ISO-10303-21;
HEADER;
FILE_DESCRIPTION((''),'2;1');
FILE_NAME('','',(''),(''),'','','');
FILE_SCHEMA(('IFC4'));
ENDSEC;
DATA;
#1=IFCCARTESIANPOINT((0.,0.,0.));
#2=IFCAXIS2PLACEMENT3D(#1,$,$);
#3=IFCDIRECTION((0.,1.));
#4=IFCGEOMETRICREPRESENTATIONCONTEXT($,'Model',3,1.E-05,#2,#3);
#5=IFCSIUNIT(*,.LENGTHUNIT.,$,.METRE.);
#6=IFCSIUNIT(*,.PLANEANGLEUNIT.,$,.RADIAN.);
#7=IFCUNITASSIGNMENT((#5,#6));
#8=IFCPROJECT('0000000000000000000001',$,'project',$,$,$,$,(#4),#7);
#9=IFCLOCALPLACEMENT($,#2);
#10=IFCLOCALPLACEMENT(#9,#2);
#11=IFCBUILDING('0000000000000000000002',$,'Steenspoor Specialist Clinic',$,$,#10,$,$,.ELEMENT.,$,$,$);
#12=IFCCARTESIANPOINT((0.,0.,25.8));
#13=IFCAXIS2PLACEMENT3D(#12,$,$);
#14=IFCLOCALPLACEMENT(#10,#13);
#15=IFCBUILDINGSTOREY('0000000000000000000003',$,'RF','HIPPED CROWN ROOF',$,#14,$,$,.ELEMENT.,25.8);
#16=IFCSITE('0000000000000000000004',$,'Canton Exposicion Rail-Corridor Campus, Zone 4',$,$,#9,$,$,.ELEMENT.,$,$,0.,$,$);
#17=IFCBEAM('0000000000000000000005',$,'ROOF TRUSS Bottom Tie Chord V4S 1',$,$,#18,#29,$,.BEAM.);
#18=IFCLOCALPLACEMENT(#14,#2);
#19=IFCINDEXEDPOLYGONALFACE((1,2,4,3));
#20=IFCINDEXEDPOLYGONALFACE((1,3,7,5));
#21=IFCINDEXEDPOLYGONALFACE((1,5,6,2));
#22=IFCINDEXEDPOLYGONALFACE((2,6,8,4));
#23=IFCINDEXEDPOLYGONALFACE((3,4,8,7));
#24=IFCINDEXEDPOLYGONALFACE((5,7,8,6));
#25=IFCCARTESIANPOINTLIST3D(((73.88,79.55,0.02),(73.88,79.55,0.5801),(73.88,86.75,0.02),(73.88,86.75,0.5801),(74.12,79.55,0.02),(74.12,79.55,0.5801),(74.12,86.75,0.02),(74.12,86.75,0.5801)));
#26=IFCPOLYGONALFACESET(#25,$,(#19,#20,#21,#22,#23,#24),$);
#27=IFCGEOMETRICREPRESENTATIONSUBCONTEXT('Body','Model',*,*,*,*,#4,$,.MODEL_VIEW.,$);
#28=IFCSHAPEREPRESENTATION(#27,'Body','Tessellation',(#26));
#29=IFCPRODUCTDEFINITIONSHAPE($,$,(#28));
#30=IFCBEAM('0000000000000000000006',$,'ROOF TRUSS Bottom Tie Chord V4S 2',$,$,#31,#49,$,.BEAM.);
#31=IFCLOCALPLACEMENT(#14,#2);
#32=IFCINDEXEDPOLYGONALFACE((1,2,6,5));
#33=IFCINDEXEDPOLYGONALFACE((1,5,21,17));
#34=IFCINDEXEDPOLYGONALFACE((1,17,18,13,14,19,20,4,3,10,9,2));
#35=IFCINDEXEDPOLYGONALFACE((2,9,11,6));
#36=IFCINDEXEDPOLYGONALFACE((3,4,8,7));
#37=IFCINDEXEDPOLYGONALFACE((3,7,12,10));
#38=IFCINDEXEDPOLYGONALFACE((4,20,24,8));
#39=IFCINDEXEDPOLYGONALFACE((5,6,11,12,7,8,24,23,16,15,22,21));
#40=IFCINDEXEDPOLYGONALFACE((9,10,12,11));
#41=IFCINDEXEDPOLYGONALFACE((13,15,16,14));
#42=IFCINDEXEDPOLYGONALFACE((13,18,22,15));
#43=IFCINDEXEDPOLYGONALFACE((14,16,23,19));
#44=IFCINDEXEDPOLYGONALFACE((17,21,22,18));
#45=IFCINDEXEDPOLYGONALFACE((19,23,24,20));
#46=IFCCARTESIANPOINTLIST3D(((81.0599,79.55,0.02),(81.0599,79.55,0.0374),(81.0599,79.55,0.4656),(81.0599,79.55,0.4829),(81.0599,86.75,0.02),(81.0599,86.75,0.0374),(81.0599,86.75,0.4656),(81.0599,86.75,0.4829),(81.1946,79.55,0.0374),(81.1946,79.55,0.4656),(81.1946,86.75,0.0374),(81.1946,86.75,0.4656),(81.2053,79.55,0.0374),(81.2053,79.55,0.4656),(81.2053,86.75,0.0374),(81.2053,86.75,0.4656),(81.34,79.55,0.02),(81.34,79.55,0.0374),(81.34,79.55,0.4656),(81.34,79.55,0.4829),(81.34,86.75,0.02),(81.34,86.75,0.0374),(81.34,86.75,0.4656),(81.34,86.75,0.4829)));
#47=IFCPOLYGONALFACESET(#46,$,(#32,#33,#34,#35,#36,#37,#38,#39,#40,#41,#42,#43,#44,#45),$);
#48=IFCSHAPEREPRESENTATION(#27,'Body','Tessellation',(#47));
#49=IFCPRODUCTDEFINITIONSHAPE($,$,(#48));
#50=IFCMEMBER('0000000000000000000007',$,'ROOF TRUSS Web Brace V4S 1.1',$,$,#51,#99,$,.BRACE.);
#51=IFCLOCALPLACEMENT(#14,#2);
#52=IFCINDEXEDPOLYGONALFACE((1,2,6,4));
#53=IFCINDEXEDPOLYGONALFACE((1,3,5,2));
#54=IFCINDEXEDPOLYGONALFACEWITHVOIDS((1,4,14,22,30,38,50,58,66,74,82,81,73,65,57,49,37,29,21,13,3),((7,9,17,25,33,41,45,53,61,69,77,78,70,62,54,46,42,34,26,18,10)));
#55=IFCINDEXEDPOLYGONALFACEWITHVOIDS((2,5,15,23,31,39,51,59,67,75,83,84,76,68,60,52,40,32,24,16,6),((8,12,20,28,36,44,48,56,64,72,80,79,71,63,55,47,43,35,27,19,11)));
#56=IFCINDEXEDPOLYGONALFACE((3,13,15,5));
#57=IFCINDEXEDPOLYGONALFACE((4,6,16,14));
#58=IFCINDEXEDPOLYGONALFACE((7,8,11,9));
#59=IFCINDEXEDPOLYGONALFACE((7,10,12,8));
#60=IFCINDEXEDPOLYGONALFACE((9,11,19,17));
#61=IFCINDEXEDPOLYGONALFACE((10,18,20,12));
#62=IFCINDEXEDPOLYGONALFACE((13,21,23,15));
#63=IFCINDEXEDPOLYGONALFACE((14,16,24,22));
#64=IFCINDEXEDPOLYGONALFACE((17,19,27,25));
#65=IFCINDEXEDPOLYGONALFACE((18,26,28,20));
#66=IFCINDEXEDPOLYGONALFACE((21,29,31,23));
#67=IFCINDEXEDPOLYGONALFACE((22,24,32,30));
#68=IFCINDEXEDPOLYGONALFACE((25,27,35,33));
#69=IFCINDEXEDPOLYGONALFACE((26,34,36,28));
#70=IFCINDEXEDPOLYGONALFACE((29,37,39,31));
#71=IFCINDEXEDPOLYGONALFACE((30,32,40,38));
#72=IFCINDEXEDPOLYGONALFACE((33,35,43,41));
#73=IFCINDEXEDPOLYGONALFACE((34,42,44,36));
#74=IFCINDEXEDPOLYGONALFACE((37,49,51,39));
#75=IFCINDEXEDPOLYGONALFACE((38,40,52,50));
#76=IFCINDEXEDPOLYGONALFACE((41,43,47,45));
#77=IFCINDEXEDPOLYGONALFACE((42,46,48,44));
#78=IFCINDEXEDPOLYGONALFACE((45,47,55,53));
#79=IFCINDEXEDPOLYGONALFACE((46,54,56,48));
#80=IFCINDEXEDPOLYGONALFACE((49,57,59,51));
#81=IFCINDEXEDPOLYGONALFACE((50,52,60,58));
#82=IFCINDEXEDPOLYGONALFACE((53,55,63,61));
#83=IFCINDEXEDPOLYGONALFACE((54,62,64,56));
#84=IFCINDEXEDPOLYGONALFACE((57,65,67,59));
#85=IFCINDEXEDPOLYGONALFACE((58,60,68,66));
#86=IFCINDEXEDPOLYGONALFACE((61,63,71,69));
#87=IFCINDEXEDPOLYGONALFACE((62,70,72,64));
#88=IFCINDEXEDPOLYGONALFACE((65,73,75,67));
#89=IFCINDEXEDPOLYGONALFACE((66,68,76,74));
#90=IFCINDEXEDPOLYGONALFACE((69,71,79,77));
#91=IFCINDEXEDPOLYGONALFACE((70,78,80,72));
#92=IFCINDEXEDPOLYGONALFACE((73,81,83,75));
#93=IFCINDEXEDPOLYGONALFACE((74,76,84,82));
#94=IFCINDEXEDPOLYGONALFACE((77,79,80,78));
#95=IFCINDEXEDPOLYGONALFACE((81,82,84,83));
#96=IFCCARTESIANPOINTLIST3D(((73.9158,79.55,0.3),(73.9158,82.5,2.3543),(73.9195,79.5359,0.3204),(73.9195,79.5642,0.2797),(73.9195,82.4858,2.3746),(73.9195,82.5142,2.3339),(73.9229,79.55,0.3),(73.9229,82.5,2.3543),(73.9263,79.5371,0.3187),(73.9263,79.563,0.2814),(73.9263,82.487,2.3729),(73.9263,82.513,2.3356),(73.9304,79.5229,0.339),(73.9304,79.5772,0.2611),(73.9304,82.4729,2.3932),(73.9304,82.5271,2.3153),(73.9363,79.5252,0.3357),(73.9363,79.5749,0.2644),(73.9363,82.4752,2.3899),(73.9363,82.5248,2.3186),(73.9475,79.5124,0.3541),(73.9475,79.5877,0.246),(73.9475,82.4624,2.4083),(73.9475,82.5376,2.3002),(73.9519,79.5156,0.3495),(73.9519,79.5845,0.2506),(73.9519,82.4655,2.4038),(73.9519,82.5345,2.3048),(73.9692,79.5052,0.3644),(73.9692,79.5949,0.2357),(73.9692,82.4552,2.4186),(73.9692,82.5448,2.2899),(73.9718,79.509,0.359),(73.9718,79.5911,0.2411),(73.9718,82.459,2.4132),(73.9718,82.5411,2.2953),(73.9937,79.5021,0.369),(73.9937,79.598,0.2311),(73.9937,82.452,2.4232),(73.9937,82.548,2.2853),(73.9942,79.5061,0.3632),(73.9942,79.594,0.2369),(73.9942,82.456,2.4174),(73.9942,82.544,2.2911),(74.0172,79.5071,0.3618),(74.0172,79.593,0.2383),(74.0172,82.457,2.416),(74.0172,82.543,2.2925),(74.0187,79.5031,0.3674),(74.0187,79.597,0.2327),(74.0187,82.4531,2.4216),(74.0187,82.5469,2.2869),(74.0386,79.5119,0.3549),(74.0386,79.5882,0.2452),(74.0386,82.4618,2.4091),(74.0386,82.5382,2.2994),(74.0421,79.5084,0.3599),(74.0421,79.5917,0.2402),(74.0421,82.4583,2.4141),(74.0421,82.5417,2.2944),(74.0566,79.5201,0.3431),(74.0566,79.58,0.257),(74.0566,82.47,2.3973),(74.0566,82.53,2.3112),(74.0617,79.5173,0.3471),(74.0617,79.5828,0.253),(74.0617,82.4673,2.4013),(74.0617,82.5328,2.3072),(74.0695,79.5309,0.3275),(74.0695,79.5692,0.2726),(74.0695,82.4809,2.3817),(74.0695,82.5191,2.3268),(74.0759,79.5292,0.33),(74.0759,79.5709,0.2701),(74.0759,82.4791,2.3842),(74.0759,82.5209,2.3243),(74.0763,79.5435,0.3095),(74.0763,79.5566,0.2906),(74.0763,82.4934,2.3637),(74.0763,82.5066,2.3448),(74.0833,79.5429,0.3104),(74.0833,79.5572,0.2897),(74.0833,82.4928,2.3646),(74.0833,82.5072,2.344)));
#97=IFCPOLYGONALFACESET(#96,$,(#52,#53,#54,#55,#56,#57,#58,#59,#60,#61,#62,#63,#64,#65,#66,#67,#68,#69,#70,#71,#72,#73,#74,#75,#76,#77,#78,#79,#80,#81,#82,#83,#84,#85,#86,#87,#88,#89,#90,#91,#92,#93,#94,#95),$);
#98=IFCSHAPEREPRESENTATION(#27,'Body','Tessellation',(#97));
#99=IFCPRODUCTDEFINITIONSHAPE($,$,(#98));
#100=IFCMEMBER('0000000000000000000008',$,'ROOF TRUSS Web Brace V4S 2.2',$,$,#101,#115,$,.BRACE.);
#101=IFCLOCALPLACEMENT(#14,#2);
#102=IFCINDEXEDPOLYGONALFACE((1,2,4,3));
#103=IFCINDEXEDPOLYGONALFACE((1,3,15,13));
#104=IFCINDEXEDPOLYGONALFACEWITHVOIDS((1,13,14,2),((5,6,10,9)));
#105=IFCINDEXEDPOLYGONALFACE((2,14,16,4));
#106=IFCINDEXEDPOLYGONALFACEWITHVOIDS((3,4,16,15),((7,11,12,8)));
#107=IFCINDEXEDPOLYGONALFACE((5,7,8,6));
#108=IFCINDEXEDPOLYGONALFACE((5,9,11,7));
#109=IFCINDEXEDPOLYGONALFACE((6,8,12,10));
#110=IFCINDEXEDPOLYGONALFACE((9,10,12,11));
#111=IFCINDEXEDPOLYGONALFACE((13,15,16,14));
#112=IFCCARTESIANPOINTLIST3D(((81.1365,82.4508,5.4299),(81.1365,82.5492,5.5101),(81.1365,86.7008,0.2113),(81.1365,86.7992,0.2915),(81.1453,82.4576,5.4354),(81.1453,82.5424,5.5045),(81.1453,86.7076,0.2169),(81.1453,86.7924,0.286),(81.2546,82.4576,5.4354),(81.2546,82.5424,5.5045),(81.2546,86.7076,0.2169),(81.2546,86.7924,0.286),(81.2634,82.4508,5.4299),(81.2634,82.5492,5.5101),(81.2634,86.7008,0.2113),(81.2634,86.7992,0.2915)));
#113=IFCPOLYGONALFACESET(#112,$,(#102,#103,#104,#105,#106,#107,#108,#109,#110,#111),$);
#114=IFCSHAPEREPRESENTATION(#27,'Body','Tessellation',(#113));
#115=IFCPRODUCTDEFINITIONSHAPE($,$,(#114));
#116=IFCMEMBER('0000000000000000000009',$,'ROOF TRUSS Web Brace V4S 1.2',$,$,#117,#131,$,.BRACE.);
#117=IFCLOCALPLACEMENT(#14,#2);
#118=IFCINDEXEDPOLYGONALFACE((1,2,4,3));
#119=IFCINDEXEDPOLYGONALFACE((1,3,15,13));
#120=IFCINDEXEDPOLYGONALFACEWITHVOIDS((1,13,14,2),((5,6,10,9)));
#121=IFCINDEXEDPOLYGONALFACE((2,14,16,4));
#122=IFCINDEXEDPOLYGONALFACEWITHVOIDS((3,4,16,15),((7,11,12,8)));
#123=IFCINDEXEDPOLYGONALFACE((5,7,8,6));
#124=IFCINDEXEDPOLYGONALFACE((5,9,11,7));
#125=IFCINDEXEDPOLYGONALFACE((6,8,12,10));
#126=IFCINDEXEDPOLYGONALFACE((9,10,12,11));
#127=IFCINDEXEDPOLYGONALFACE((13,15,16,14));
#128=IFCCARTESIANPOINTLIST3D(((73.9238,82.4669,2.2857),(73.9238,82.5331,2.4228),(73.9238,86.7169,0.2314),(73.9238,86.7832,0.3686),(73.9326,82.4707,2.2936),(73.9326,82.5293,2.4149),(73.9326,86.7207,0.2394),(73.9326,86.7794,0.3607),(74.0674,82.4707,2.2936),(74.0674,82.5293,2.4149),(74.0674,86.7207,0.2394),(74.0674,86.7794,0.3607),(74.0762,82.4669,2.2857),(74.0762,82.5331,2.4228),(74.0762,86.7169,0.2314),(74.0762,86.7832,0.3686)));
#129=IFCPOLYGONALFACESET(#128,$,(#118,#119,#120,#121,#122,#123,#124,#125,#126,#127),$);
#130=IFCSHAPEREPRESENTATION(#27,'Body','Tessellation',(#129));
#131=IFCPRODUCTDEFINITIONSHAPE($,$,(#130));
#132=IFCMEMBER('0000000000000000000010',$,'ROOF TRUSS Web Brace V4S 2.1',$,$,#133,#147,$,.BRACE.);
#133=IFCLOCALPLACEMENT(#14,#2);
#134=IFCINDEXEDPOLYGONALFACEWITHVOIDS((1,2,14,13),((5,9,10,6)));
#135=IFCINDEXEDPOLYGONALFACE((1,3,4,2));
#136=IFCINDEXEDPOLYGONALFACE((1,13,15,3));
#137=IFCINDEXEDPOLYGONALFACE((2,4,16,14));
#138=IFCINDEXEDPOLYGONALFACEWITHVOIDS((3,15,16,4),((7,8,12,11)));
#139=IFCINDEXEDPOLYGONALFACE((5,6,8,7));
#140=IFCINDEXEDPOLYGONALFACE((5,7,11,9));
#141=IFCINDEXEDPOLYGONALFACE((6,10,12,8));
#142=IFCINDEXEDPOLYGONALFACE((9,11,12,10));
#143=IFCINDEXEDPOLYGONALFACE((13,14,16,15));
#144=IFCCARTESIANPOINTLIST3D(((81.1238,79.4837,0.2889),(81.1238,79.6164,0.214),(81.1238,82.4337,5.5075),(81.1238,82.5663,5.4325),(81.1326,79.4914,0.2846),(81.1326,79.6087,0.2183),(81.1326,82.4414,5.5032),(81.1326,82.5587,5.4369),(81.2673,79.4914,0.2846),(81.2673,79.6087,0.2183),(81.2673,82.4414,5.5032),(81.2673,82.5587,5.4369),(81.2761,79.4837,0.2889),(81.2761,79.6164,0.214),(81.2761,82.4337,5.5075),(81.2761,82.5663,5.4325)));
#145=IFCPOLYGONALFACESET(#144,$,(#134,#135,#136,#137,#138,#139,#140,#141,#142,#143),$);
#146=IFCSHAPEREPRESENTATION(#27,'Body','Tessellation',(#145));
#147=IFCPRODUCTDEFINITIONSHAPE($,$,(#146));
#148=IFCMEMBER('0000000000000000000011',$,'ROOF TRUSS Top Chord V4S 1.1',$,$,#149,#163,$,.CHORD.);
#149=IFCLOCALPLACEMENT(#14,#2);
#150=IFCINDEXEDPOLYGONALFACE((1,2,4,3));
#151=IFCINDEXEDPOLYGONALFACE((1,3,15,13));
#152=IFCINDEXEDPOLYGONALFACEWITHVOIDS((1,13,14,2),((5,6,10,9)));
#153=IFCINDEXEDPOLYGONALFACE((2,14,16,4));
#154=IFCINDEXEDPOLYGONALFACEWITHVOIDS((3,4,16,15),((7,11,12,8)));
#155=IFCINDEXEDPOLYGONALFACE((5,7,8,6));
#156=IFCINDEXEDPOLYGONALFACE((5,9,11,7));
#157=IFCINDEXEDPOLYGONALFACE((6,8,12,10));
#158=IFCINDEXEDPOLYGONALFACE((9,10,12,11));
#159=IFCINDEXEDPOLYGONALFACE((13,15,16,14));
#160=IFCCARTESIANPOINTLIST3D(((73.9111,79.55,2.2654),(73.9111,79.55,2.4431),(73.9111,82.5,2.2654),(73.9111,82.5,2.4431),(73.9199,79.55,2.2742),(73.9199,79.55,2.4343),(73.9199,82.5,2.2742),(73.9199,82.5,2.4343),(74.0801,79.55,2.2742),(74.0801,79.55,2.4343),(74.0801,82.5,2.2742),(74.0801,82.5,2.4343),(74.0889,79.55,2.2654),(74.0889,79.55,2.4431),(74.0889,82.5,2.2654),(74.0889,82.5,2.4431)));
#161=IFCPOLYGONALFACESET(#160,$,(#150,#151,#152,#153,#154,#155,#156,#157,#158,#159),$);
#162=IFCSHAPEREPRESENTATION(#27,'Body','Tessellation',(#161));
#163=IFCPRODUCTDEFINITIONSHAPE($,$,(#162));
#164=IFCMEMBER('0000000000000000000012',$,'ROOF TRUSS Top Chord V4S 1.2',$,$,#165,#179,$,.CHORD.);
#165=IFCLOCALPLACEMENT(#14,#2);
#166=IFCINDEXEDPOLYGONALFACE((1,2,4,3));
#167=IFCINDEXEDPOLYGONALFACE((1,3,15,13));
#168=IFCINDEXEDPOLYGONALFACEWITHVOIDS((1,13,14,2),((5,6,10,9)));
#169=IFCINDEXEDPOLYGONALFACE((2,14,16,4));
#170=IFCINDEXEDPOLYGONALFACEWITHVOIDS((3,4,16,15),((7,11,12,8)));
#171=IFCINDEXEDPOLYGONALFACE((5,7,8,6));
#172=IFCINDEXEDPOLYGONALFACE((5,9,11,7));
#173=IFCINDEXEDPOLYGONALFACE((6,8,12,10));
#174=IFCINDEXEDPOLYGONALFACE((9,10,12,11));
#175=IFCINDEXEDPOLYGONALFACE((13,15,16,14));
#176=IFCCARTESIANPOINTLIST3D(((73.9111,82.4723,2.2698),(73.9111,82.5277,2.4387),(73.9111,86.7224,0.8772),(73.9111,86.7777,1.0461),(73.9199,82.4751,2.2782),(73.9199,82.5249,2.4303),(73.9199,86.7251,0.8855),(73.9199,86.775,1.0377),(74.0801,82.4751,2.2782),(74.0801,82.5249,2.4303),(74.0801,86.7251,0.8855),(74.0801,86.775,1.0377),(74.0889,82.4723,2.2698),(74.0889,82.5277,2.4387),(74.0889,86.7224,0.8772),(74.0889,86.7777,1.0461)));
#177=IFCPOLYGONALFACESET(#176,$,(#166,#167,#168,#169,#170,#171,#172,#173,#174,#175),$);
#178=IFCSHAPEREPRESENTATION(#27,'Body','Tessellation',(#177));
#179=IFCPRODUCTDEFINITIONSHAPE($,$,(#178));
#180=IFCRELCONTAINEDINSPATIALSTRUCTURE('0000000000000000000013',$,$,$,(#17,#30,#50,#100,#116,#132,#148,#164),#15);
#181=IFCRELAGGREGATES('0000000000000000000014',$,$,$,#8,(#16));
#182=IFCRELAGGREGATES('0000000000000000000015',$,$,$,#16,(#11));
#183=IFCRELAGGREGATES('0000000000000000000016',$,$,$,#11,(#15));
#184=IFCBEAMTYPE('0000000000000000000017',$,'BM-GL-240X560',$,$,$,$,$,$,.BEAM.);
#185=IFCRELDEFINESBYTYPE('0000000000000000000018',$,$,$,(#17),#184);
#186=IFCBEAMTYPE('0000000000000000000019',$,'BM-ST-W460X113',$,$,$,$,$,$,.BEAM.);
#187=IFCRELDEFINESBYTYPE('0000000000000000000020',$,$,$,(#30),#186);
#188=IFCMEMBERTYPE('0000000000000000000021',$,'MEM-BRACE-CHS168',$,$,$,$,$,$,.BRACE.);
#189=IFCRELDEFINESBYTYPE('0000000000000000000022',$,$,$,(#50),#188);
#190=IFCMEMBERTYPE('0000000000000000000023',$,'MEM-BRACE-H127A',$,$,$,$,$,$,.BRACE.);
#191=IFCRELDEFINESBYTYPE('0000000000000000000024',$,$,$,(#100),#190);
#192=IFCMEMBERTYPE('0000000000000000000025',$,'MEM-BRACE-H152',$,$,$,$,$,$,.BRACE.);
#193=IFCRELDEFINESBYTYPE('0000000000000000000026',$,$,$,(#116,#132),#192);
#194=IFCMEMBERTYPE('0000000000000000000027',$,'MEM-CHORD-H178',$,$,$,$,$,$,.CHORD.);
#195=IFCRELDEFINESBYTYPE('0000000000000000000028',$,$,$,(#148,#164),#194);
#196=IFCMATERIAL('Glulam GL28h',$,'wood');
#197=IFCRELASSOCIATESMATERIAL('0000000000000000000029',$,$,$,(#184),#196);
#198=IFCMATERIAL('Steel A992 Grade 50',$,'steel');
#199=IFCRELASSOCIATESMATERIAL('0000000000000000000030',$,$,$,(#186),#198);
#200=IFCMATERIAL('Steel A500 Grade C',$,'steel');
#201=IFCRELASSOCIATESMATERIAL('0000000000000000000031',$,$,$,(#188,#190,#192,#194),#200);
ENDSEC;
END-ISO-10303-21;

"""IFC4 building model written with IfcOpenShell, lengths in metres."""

from ifc_helpers import new_model, si_unit, direction, frame, origin, origin_2d, place, context, subcontext, project, spatial, rectangle, hollow_rectangle, hollow_circle, i_section, extrude, material, material_profile, profile_set, type_object, element, save


model = new_model("IFC4")

# Units and contexts
model_context = context("Model", 3, precision=1e-05, world=origin(), true_north=direction((0.0, 1.0)))
body_context = subcontext(model_context, "Body", "Model", "MODEL_VIEW")
ifc_project = project(units=[si_unit("LENGTHUNIT", "METRE"), si_unit("PLANEANGLEUNIT", "RADIAN")], contexts=[model_context])

# Site, building, storey
site_placement = place(None, origin())
site = spatial("IfcSite", under=ifc_project, at=site_placement, Name="Canton Exposicion Rail-Corridor Campus, Zone 4", CompositionType="ELEMENT", RefElevation=0.0)
building_placement = place(site_placement, origin())
building = spatial("IfcBuilding", under=site, at=building_placement, Name="Steenspoor Specialist Clinic", CompositionType="ELEMENT")
storey_placement = place(building_placement, frame((0.0, 0.0, 25.8)))
storey = spatial("IfcBuildingStorey", under=building, at=storey_placement, Name="RF", Description="HIPPED CROWN ROOF", CompositionType="ELEMENT", Elevation=25.8)

# Beams
ifc_material_1 = material(Name="Glulam GL28h", Category="wood")
ifc_material_profile_1 = material_profile(ifc_material_1, rectangle(XDim=0.24, YDim=0.5601, at=origin_2d()), Name="GL28H-240X560")
ifc_profile_set_1 = profile_set([ifc_material_profile_1], Name="Glulam GL28h")
beam_type_1 = type_object("IfcBeamType", Name="BM-GL-240X560", PredefinedType="BEAM", material=ifc_profile_set_1)
beam_1_placement = place(storey_placement, frame((74.0, 79.55, 0.3), z_axis=(0.0, 1.0, 0.0), x_axis=(-1.0, 0.0, 0.0)))
element("IfcBeam", 1, at=beam_1_placement, inside=storey, type_object=beam_type_1, Name="ROOF TRUSS Bottom Tie Chord V4S 1", PredefinedType="BEAM", context=body_context, shape_type="SweptSolid", body=[
    extrude(rectangle(XDim=0.24, YDim=0.5601, at=origin_2d()), origin(), (0.0, 0.0, 1.0), 7.2),
])
ifc_material_2 = material(Name="Steel A992 Grade 50", Category="steel")
ifc_material_profile_2 = material_profile(ifc_material_2, i_section(OverallWidth=0.28, OverallDepth=0.4629, WebThickness=0.0107, FlangeThickness=0.0173, at=origin_2d()), Name="W460X113")
ifc_profile_set_2 = profile_set([ifc_material_profile_2], Name="Steel A992 Grade 50")
beam_type_2 = type_object("IfcBeamType", Name="BM-ST-W460X113", PredefinedType="BEAM", material=ifc_profile_set_2)
beam_2_placement = place(storey_placement, frame((81.2, 79.55, 0.2515), z_axis=(0.0, 1.0, 0.0), x_axis=(-1.0, 0.0, 0.0)))
element("IfcBeam", 2, at=beam_2_placement, inside=storey, type_object=beam_type_2, Name="ROOF TRUSS Bottom Tie Chord V4S 2", PredefinedType="BEAM", context=body_context, shape_type="SweptSolid", body=[
    extrude(i_section(OverallWidth=0.28, OverallDepth=0.4629, WebThickness=0.0107, FlangeThickness=0.0173, at=origin_2d()), origin(), (0.0, 0.0, 1.0), 7.2),
])

# Members
ifc_material_3 = material(Name="Steel A500 Grade C", Category="steel")
ifc_material_profile_3 = material_profile(ifc_material_3, hollow_circle(Radius=0.0842, WallThickness=0.0071, at=origin_2d()), Name="CHS168X7.1")
ifc_profile_set_3 = profile_set([ifc_material_profile_3], Name="Steel A500 Grade C")
member_type_1 = type_object("IfcMemberType", Name="MEM-BRACE-CHS168", PredefinedType="BRACE", material=ifc_profile_set_3)
member_1_placement = place(storey_placement, frame((74.0, 79.55, 0.3), z_axis=(0.0, 0.820637, 0.57145), x_axis=(-1.0, 0.0, 0.0)))
element("IfcMember", 3, at=member_1_placement, inside=storey, type_object=member_type_1, Name="ROOF TRUSS Web Brace V4S 1.1", PredefinedType="BRACE", context=body_context, shape_type="SweptSolid", body=[
    extrude(hollow_circle(Radius=0.0842, WallThickness=0.0071, at=origin_2d()), origin(), (0.0, 0.0, 1.0), 3.5947),
])
ifc_material_profile_4 = material_profile(ifc_material_3, hollow_rectangle(XDim=0.127, YDim=0.127, WallThickness=0.0088, at=origin_2d()), Name="HSS127X127X9.5")
ifc_profile_set_4 = profile_set([ifc_material_profile_4], Name="Steel A500 Grade C")
member_type_2 = type_object("IfcMemberType", Name="MEM-BRACE-H127A", PredefinedType="BRACE", material=ifc_profile_set_4)
member_2_placement = place(storey_placement, frame((81.2, 82.5, 5.47), z_axis=(0.0, 0.631484, -0.775389), x_axis=(-1.0, 0.0, 0.0)))
element("IfcMember", 4, at=member_2_placement, inside=storey, type_object=member_type_2, Name="ROOF TRUSS Web Brace V4S 2.2", PredefinedType="BRACE", context=body_context, shape_type="SweptSolid", body=[
    extrude(hollow_rectangle(XDim=0.127, YDim=0.127, WallThickness=0.0088, at=origin_2d()), origin(), (0.0, 0.0, 1.0), 6.7302),
])
ifc_material_profile_5 = material_profile(ifc_material_3, hollow_rectangle(XDim=0.1523, YDim=0.1523, WallThickness=0.0088, at=origin_2d()), Name="HSS152X152X9.5")
ifc_profile_set_5 = profile_set([ifc_material_profile_5], Name="Steel A500 Grade C")
member_type_3 = type_object("IfcMemberType", Name="MEM-BRACE-H152", PredefinedType="BRACE", material=ifc_profile_set_5)
member_3_placement = place(storey_placement, frame((74.0, 82.5, 2.3542), z_axis=(0.0, 0.900346, -0.435174), x_axis=(-1.0, 0.0, 0.0)))
element("IfcMember", 5, at=member_3_placement, inside=storey, type_object=member_type_3, Name="ROOF TRUSS Web Brace V4S 1.2", PredefinedType="BRACE", context=body_context, shape_type="SweptSolid", body=[
    extrude(hollow_rectangle(XDim=0.1523, YDim=0.1523, WallThickness=0.0088, at=origin_2d()), origin(), (0.0, 0.0, 1.0), 4.7205),
])
member_4_placement = place(storey_placement, frame((81.2, 79.55, 0.2515), z_axis=(0.0, 0.492103, 0.870537), x_axis=(-1.0, 0.0, 0.0)))
element("IfcMember", 6, at=member_4_placement, inside=storey, type_object=member_type_3, Name="ROOF TRUSS Web Brace V4S 2.1", PredefinedType="BRACE", context=body_context, shape_type="SweptSolid", body=[
    extrude(hollow_rectangle(XDim=0.1523, YDim=0.1523, WallThickness=0.0088, at=origin_2d()), origin(), (0.0, 0.0, 1.0), 5.9946),
])
ifc_material_profile_6 = material_profile(ifc_material_3, hollow_rectangle(XDim=0.1777, YDim=0.1777, WallThickness=0.0088, at=origin_2d()), Name="HSS178X178X9.5")
ifc_profile_set_6 = profile_set([ifc_material_profile_6], Name="Steel A500 Grade C")
member_type_4 = type_object("IfcMemberType", Name="MEM-CHORD-H178", PredefinedType="CHORD", material=ifc_profile_set_6)
member_5_placement = place(storey_placement, frame((74.0, 79.55, 2.3542), z_axis=(0.0, 1.0, 0.0), x_axis=(-1.0, 0.0, 0.0)))
element("IfcMember", 7, at=member_5_placement, inside=storey, type_object=member_type_4, Name="ROOF TRUSS Top Chord V4S 1.1", PredefinedType="CHORD", context=body_context, shape_type="SweptSolid", body=[
    extrude(hollow_rectangle(XDim=0.1777, YDim=0.1777, WallThickness=0.0088, at=origin_2d()), origin(), (0.0, 0.0, 1.0), 2.95),
])
member_6_placement = place(storey_placement, frame((74.0, 82.5, 2.3542), z_axis=(0.0, 0.950287, -0.311376), x_axis=(-1.0, 0.0, 0.0)))
element("IfcMember", 8, at=member_6_placement, inside=storey, type_object=member_type_4, Name="ROOF TRUSS Top Chord V4S 1.2", PredefinedType="CHORD", context=body_context, shape_type="SweptSolid", body=[
    extrude(hollow_rectangle(XDim=0.1777, YDim=0.1777, WallThickness=0.0088, at=origin_2d()), origin(), (0.0, 0.0, 1.0), 4.4724),
])

save(model, "model.ifc")
